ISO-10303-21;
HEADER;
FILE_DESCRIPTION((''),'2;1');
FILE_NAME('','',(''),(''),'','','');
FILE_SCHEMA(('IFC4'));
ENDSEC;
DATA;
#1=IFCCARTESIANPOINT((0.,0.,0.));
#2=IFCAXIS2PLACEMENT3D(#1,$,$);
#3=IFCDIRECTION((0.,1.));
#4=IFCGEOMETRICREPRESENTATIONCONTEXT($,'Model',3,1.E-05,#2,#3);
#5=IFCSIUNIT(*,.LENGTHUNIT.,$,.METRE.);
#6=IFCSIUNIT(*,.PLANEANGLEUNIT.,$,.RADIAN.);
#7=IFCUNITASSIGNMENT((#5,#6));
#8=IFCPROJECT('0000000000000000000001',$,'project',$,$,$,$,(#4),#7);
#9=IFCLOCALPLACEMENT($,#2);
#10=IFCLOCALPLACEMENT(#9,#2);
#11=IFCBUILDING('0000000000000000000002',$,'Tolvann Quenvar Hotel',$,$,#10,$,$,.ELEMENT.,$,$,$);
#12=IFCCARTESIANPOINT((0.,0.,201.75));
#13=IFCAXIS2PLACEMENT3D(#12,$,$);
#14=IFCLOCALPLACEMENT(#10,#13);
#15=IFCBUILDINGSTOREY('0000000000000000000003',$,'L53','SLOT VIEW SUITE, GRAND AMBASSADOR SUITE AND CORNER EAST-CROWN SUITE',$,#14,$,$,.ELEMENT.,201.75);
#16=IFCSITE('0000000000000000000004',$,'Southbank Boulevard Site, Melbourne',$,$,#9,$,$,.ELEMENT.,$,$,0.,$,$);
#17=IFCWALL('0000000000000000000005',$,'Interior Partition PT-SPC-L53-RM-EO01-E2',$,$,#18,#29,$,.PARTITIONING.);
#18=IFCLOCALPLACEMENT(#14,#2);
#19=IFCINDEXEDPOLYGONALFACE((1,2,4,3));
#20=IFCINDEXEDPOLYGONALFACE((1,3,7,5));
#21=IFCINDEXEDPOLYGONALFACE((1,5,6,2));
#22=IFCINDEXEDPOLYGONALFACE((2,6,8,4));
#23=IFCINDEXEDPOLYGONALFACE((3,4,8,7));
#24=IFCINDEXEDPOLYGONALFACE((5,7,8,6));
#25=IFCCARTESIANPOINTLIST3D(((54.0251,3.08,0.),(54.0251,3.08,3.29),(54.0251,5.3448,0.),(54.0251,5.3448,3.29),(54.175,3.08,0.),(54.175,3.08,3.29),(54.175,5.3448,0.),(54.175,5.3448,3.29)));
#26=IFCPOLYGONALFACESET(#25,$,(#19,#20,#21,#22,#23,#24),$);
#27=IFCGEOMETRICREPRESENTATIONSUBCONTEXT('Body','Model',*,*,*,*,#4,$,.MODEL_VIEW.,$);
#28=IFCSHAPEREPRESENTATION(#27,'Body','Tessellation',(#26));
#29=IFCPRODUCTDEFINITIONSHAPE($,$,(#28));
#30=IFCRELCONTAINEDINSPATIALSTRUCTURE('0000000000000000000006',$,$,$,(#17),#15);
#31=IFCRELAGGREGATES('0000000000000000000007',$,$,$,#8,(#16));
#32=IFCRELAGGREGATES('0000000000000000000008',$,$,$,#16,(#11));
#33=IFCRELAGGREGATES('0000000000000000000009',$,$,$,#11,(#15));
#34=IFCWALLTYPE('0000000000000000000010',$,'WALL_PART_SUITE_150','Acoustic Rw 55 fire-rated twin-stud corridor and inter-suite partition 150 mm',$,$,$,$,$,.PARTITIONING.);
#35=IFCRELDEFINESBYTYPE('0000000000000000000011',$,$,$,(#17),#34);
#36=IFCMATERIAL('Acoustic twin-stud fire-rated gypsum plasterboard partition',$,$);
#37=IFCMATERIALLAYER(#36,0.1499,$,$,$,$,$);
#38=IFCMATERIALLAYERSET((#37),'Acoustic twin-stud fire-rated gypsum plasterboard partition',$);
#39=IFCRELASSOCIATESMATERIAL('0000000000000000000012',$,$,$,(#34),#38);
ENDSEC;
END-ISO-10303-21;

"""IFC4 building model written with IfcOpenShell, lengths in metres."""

from ifc_helpers import new_model, si_unit, direction, frame, frame_2d, origin, place, context, subcontext, project, spatial, rectangle, extrude, material, layer, layer_set, type_object, element, save


model = new_model("IFC4")

# Units and contexts
model_context = context("Model", 3, precision=1e-05, world=origin(), true_north=direction((0.0, 1.0)))
body_context = subcontext(model_context, "Body", "Model", "MODEL_VIEW")
ifc_project = project(units=[si_unit("LENGTHUNIT", "METRE"), si_unit("PLANEANGLEUNIT", "RADIAN")], contexts=[model_context])

# Site, building, storey
site_placement = place(None, origin())
site = spatial("IfcSite", under=ifc_project, at=site_placement, Name="Southbank Boulevard Site, Melbourne", CompositionType="ELEMENT", RefElevation=0.0)
building_placement = place(site_placement, origin())
building = spatial("IfcBuilding", under=site, at=building_placement, Name="Tolvann Quenvar Hotel", CompositionType="ELEMENT")
storey_placement = place(building_placement, frame((0.0, 0.0, 201.75)))
storey = spatial("IfcBuildingStorey", under=building, at=storey_placement, Name="L53", Description="SLOT VIEW SUITE, GRAND AMBASSADOR SUITE AND CORNER EAST-CROWN SUITE", CompositionType="ELEMENT", Elevation=201.75)

# Shared definitions
ifc_material_1 = material(Name="Acoustic twin-stud fire-rated gypsum plasterboard partition")
ifc_layer_1 = layer(ifc_material_1, 0.1499)
ifc_layer_set_1 = layer_set([ifc_layer_1], Name="Acoustic twin-stud fire-rated gypsum plasterboard partition")
wall_type_1 = type_object("IfcWallType", Name="WALL_PART_SUITE_150", Description="Acoustic Rw 55 fire-rated twin-stud corridor and inter-suite partition 150 mm", PredefinedType="PARTITIONING", material=ifc_layer_set_1)

# Wall
wall_1_placement = place(storey_placement, frame((54.1001, 3.0801, 0.0), z_axis=(0.0, 0.0, 1.0), x_axis=(0.0, 1.0, 0.0)))
element("IfcWall", 1, at=wall_1_placement, inside=storey, type_object=wall_type_1, Name="Interior Partition PT-SPC-L53-RM-EO01-E2", PredefinedType="PARTITIONING", context=body_context, shape_type="SweptSolid", body=[
    extrude(rectangle(XDim=2.2649, YDim=0.1499, at=frame_2d((1.1323, 0.0))), origin(), (0.0, 0.0, 1.0), 3.29),
])

save(model, "model.ifc")
